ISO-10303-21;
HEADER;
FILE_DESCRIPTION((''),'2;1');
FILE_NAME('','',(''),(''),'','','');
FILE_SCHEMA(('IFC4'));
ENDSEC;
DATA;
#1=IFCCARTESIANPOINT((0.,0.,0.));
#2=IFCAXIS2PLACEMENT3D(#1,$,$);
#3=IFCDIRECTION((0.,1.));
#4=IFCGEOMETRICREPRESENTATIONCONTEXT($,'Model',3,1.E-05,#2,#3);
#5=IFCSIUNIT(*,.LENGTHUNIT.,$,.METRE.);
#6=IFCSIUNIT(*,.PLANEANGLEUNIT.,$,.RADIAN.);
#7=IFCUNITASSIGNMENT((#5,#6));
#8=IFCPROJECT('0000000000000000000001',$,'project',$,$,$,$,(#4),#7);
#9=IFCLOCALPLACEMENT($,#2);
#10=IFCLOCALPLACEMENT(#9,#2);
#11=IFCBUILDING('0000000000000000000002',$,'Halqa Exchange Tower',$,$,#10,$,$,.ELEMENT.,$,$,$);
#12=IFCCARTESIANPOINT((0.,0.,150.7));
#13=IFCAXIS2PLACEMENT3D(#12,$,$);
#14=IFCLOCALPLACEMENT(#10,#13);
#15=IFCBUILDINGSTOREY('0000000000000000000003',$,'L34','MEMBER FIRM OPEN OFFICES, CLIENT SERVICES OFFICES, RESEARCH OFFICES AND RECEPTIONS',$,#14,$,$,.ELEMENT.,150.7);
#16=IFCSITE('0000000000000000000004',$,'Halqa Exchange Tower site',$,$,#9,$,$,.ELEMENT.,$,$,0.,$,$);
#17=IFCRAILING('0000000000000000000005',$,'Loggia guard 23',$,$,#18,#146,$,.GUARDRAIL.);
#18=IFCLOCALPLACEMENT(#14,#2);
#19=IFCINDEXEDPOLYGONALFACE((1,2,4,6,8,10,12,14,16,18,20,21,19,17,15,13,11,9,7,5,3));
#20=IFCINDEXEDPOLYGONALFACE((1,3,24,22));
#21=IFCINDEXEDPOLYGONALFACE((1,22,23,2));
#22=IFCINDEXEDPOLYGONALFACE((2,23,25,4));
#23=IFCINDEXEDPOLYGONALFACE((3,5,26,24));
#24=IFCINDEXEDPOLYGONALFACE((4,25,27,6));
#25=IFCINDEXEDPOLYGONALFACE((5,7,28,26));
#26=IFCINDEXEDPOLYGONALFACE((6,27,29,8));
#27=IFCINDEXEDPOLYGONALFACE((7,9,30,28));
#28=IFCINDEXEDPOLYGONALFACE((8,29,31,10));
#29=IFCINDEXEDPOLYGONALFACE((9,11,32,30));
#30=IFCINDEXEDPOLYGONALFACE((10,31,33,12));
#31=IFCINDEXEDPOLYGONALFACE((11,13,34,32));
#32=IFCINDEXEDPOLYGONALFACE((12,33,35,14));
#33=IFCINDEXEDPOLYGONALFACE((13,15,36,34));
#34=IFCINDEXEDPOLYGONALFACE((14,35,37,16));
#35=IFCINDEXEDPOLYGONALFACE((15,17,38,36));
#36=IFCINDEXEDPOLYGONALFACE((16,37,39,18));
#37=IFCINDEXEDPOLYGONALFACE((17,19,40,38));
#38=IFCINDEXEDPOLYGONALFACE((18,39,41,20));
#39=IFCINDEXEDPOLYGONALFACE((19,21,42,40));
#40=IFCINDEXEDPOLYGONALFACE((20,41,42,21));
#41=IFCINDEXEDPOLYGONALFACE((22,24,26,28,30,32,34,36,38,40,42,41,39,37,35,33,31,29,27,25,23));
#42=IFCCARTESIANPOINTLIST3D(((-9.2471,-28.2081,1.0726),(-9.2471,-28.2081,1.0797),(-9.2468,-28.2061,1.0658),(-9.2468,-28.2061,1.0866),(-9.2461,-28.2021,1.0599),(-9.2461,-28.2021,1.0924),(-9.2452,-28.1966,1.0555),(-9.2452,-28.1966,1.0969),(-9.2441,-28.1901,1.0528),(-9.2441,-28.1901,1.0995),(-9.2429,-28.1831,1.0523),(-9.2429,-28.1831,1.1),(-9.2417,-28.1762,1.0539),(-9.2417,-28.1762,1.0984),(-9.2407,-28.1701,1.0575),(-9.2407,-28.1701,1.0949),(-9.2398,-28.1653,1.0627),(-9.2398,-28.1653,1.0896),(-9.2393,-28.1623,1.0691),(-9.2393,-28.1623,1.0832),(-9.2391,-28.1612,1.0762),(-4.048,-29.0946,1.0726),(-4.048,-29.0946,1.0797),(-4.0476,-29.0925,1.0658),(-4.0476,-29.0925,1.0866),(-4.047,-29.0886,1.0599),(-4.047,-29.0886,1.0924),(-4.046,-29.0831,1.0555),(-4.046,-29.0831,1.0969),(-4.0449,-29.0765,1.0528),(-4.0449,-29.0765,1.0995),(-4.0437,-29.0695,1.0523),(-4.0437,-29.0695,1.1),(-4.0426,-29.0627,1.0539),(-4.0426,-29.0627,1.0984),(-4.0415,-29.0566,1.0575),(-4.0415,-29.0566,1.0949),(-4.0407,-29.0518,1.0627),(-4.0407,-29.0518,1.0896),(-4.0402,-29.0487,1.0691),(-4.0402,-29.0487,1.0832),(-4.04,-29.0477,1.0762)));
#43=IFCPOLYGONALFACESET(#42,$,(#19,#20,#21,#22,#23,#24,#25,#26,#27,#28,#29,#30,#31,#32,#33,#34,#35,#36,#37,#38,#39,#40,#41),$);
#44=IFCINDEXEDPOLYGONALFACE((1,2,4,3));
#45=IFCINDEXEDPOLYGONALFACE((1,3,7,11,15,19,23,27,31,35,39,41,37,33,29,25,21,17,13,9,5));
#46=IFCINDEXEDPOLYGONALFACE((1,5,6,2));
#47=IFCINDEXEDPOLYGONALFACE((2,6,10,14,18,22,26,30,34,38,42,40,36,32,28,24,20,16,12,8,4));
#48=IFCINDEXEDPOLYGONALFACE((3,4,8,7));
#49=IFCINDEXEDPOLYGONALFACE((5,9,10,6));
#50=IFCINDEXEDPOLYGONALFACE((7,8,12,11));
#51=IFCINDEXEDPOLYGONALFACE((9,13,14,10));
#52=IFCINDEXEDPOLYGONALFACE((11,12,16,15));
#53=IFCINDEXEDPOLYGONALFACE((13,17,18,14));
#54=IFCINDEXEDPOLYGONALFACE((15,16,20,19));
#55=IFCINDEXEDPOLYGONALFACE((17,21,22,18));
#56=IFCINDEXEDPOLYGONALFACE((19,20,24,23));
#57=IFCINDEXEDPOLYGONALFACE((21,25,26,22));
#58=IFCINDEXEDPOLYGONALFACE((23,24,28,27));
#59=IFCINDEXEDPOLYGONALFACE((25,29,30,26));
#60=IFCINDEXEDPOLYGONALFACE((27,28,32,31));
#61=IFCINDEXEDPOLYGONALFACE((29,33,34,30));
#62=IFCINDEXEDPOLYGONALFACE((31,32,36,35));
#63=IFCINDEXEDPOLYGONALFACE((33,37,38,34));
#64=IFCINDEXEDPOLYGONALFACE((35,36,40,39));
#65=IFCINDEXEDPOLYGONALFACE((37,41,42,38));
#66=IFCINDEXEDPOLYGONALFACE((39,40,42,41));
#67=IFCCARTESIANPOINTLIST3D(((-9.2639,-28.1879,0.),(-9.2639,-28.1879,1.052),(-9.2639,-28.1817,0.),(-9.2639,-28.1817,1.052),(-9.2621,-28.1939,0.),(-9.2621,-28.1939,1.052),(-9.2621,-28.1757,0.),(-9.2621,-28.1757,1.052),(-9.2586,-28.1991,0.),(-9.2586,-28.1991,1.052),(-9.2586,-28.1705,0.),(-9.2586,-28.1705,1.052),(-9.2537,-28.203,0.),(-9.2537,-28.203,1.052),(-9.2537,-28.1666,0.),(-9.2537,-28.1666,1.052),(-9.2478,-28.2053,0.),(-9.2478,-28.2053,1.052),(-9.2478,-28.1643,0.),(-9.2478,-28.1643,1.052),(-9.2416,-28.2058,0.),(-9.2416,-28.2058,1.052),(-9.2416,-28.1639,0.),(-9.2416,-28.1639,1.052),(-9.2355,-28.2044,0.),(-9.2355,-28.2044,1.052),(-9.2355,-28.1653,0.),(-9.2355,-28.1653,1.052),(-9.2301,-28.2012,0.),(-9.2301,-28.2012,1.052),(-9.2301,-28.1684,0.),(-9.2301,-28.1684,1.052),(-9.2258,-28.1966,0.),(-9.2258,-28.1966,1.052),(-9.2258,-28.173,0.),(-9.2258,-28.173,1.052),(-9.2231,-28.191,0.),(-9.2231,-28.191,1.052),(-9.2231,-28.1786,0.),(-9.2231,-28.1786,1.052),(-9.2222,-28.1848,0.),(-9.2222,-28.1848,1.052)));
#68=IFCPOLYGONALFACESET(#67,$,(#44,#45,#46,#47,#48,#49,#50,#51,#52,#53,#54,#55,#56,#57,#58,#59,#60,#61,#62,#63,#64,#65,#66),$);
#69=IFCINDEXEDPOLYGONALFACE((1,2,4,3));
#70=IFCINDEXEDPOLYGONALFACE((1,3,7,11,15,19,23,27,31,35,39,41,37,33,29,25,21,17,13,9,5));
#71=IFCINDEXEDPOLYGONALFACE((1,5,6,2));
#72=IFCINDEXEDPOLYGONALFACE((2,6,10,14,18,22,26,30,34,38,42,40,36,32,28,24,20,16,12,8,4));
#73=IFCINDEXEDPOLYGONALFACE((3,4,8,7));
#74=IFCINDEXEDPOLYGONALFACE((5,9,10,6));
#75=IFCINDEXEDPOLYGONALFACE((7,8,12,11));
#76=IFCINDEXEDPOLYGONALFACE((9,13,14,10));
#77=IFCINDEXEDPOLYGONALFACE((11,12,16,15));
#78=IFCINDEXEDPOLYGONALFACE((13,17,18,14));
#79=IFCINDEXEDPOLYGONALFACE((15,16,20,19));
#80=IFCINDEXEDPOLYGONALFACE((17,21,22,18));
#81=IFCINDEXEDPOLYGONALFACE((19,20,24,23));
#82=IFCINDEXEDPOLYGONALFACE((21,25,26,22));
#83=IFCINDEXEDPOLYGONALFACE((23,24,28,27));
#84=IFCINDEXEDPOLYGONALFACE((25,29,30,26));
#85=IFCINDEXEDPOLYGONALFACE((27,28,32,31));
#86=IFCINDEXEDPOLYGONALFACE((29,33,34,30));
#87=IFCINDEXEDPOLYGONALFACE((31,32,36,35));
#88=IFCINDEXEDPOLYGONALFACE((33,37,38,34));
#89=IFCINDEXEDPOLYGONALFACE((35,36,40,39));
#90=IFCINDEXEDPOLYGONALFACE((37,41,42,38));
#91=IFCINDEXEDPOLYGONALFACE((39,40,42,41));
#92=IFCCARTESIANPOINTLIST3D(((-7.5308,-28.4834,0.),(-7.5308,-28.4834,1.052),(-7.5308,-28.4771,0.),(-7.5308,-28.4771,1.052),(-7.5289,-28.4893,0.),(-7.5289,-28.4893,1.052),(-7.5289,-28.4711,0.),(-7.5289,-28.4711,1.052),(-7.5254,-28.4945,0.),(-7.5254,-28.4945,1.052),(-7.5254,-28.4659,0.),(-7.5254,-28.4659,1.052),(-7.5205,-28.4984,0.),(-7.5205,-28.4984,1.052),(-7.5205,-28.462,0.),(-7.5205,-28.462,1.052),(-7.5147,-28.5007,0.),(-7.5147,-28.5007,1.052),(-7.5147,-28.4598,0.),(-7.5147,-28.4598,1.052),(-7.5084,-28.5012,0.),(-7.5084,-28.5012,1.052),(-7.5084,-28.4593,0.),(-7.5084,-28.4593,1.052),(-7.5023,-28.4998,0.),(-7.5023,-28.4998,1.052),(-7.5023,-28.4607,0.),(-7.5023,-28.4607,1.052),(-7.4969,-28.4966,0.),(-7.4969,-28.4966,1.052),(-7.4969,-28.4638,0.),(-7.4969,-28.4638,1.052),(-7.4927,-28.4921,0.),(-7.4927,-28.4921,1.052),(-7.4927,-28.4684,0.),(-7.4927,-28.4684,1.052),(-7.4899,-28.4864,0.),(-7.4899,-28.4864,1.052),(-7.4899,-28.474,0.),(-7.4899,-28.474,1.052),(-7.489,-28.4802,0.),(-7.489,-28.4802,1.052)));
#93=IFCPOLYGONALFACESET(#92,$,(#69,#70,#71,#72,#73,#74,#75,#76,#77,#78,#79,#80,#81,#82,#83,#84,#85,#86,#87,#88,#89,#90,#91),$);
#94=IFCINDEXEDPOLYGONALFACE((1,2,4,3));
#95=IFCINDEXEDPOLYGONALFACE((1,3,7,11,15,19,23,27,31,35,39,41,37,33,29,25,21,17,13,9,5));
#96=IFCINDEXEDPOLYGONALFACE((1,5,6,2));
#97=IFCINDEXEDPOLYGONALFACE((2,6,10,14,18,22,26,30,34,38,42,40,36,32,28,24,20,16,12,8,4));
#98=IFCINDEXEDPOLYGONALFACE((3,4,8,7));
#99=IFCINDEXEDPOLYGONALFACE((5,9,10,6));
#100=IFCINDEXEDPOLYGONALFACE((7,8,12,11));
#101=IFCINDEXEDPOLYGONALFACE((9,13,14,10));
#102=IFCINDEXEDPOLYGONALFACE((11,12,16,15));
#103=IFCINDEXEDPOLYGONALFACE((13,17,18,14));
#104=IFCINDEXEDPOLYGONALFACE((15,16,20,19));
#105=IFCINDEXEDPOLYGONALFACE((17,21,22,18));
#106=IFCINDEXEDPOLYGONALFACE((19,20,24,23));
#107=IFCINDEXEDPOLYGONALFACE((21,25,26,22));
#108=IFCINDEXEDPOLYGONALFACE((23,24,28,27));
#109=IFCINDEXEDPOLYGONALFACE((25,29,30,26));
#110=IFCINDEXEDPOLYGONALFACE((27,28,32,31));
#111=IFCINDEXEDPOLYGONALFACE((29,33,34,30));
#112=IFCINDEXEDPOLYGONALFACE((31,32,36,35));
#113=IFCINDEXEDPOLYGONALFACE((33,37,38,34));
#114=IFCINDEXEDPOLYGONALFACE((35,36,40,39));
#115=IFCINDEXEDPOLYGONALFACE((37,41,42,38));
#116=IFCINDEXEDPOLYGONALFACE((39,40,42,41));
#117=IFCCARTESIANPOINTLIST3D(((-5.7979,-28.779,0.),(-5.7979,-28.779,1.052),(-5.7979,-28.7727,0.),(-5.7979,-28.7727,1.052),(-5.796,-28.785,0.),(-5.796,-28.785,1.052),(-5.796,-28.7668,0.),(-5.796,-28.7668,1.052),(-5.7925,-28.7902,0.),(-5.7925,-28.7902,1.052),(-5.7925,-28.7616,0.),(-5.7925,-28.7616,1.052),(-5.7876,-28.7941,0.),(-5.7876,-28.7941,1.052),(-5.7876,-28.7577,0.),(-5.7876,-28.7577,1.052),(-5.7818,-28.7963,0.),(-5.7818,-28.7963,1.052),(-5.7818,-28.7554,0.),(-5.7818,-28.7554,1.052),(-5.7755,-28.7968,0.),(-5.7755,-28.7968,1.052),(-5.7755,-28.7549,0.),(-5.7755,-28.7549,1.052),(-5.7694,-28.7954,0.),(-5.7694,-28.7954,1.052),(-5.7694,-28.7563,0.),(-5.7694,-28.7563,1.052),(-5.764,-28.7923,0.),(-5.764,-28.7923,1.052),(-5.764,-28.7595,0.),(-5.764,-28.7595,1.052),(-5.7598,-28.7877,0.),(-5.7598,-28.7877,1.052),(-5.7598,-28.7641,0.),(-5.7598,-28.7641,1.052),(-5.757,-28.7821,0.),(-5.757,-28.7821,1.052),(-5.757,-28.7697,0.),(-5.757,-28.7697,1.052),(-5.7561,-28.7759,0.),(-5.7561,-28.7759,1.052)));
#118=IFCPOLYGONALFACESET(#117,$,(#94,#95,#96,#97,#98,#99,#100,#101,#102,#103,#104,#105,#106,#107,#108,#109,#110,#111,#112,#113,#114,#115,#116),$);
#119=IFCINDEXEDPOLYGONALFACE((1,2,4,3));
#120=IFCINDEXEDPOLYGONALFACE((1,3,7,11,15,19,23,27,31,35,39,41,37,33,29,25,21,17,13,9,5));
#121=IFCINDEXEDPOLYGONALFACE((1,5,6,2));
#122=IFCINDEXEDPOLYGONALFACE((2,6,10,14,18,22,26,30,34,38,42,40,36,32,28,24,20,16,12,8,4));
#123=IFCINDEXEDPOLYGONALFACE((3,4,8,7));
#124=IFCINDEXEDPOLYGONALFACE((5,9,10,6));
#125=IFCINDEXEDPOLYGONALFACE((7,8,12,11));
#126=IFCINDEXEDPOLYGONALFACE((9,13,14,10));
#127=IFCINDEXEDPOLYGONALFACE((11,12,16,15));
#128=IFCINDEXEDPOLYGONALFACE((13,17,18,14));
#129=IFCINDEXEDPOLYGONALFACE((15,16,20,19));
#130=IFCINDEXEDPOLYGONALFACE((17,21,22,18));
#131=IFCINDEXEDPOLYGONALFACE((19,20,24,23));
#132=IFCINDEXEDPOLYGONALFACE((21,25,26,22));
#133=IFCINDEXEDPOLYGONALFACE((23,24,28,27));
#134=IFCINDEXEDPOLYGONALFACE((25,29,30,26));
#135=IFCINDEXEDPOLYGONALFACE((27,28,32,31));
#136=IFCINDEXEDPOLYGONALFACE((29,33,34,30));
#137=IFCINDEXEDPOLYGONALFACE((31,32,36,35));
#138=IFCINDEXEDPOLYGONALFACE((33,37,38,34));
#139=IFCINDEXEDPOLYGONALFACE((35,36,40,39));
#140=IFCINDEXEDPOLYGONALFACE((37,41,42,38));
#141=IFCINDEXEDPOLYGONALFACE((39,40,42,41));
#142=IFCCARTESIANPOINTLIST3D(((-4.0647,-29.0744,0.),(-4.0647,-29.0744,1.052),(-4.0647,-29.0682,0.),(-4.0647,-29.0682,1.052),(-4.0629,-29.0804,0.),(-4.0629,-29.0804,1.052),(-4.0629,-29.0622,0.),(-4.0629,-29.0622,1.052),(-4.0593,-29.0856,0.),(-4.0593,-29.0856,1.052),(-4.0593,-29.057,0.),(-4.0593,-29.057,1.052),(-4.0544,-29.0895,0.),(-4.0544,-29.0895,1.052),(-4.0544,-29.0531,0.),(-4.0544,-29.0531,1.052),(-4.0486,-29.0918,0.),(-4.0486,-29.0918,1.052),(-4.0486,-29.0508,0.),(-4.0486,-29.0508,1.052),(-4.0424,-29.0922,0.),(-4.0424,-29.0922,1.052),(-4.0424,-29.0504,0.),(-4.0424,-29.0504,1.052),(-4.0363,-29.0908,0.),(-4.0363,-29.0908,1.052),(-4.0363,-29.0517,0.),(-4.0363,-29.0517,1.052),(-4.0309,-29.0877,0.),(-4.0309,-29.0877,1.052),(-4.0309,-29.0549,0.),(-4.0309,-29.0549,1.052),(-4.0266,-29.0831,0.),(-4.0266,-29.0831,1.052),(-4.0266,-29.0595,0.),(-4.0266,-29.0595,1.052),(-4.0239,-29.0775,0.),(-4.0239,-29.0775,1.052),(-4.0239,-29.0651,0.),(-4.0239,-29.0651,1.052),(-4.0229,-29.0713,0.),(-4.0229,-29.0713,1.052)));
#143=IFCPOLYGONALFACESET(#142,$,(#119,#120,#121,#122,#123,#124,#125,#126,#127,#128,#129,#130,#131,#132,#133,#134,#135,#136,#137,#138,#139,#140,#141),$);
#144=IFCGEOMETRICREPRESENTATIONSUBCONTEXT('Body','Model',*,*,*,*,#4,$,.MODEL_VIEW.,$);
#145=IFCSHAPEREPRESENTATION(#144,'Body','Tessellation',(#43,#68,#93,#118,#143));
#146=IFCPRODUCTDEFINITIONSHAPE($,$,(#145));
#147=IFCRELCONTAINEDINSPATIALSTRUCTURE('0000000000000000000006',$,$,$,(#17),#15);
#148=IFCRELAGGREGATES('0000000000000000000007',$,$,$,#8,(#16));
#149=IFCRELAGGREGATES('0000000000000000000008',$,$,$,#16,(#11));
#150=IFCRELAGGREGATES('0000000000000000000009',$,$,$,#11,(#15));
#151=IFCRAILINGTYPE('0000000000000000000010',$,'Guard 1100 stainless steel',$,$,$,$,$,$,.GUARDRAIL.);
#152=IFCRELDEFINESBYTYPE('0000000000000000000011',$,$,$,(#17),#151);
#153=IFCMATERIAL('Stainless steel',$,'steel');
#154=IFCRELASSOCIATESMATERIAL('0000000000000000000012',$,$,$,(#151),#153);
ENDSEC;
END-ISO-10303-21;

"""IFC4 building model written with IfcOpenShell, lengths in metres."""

from ifc_helpers import new_model, si_unit, direction, frame, origin, origin_2d, place, context, subcontext, project, spatial, circle, extrude, material, type_object, element, save


model = new_model("IFC4")

# Units and contexts
model_context = context("Model", 3, precision=1e-05, world=origin(), true_north=direction((0.0, 1.0)))
body_context = subcontext(model_context, "Body", "Model", "MODEL_VIEW")
ifc_project = project(units=[si_unit("LENGTHUNIT", "METRE"), si_unit("PLANEANGLEUNIT", "RADIAN")], contexts=[model_context])

# Site, building, storey
site_placement = place(None, origin())
site = spatial("IfcSite", under=ifc_project, at=site_placement, Name="Halqa Exchange Tower site", CompositionType="ELEMENT", RefElevation=0.0)
building_placement = place(site_placement, origin())
building = spatial("IfcBuilding", under=site, at=building_placement, Name="Halqa Exchange Tower", CompositionType="ELEMENT")
storey_placement = place(building_placement, frame((0.0, 0.0, 150.7)))
storey = spatial("IfcBuildingStorey", under=building, at=storey_placement, Name="L34", Description="MEMBER FIRM OPEN OFFICES, CLIENT SERVICES OFFICES, RESEARCH OFFICES AND RECEPTIONS", CompositionType="ELEMENT", Elevation=150.7)

# Railing
ifc_material_1 = material(Name="Stainless steel", Category="steel")
railing_type = type_object("IfcRailingType", Name="Guard 1100 stainless steel", PredefinedType="GUARDRAIL", material=ifc_material_1)
railing_1_placement = place(storey_placement, frame((-9.2432, -28.1848, 0.0)))
element("IfcRailing", 1, at=railing_1_placement, inside=storey, type_object=railing_type, Name="Loggia guard 23", PredefinedType="GUARDRAIL", context=body_context, shape_type="SweptSolid", body=[
    extrude(circle(Radius=0.0239, at=origin_2d()), frame((0.0, 0.0, 1.0762), z_axis=(0.985774, -0.168076, 0.0), x_axis=(0.168076, 0.985774, 0.0)), (0.0, 0.0, 1.0), 5.2742),
    extrude(circle(Radius=0.021, at=origin_2d()), origin(), (0.0, 0.0, 1.0), 1.052),
    extrude(circle(Radius=0.021, at=origin_2d()), frame((1.7332, -0.2954, 0.0)), (0.0, 0.0, 1.0), 1.052),
    extrude(circle(Radius=0.021, at=origin_2d()), frame((3.4661, -0.5911, 0.0)), (0.0, 0.0, 1.0), 1.052),
    extrude(circle(Radius=0.021, at=origin_2d()), frame((5.1992, -0.8865, 0.0)), (0.0, 0.0, 1.0), 1.052),
])

save(model, "model.ifc")
